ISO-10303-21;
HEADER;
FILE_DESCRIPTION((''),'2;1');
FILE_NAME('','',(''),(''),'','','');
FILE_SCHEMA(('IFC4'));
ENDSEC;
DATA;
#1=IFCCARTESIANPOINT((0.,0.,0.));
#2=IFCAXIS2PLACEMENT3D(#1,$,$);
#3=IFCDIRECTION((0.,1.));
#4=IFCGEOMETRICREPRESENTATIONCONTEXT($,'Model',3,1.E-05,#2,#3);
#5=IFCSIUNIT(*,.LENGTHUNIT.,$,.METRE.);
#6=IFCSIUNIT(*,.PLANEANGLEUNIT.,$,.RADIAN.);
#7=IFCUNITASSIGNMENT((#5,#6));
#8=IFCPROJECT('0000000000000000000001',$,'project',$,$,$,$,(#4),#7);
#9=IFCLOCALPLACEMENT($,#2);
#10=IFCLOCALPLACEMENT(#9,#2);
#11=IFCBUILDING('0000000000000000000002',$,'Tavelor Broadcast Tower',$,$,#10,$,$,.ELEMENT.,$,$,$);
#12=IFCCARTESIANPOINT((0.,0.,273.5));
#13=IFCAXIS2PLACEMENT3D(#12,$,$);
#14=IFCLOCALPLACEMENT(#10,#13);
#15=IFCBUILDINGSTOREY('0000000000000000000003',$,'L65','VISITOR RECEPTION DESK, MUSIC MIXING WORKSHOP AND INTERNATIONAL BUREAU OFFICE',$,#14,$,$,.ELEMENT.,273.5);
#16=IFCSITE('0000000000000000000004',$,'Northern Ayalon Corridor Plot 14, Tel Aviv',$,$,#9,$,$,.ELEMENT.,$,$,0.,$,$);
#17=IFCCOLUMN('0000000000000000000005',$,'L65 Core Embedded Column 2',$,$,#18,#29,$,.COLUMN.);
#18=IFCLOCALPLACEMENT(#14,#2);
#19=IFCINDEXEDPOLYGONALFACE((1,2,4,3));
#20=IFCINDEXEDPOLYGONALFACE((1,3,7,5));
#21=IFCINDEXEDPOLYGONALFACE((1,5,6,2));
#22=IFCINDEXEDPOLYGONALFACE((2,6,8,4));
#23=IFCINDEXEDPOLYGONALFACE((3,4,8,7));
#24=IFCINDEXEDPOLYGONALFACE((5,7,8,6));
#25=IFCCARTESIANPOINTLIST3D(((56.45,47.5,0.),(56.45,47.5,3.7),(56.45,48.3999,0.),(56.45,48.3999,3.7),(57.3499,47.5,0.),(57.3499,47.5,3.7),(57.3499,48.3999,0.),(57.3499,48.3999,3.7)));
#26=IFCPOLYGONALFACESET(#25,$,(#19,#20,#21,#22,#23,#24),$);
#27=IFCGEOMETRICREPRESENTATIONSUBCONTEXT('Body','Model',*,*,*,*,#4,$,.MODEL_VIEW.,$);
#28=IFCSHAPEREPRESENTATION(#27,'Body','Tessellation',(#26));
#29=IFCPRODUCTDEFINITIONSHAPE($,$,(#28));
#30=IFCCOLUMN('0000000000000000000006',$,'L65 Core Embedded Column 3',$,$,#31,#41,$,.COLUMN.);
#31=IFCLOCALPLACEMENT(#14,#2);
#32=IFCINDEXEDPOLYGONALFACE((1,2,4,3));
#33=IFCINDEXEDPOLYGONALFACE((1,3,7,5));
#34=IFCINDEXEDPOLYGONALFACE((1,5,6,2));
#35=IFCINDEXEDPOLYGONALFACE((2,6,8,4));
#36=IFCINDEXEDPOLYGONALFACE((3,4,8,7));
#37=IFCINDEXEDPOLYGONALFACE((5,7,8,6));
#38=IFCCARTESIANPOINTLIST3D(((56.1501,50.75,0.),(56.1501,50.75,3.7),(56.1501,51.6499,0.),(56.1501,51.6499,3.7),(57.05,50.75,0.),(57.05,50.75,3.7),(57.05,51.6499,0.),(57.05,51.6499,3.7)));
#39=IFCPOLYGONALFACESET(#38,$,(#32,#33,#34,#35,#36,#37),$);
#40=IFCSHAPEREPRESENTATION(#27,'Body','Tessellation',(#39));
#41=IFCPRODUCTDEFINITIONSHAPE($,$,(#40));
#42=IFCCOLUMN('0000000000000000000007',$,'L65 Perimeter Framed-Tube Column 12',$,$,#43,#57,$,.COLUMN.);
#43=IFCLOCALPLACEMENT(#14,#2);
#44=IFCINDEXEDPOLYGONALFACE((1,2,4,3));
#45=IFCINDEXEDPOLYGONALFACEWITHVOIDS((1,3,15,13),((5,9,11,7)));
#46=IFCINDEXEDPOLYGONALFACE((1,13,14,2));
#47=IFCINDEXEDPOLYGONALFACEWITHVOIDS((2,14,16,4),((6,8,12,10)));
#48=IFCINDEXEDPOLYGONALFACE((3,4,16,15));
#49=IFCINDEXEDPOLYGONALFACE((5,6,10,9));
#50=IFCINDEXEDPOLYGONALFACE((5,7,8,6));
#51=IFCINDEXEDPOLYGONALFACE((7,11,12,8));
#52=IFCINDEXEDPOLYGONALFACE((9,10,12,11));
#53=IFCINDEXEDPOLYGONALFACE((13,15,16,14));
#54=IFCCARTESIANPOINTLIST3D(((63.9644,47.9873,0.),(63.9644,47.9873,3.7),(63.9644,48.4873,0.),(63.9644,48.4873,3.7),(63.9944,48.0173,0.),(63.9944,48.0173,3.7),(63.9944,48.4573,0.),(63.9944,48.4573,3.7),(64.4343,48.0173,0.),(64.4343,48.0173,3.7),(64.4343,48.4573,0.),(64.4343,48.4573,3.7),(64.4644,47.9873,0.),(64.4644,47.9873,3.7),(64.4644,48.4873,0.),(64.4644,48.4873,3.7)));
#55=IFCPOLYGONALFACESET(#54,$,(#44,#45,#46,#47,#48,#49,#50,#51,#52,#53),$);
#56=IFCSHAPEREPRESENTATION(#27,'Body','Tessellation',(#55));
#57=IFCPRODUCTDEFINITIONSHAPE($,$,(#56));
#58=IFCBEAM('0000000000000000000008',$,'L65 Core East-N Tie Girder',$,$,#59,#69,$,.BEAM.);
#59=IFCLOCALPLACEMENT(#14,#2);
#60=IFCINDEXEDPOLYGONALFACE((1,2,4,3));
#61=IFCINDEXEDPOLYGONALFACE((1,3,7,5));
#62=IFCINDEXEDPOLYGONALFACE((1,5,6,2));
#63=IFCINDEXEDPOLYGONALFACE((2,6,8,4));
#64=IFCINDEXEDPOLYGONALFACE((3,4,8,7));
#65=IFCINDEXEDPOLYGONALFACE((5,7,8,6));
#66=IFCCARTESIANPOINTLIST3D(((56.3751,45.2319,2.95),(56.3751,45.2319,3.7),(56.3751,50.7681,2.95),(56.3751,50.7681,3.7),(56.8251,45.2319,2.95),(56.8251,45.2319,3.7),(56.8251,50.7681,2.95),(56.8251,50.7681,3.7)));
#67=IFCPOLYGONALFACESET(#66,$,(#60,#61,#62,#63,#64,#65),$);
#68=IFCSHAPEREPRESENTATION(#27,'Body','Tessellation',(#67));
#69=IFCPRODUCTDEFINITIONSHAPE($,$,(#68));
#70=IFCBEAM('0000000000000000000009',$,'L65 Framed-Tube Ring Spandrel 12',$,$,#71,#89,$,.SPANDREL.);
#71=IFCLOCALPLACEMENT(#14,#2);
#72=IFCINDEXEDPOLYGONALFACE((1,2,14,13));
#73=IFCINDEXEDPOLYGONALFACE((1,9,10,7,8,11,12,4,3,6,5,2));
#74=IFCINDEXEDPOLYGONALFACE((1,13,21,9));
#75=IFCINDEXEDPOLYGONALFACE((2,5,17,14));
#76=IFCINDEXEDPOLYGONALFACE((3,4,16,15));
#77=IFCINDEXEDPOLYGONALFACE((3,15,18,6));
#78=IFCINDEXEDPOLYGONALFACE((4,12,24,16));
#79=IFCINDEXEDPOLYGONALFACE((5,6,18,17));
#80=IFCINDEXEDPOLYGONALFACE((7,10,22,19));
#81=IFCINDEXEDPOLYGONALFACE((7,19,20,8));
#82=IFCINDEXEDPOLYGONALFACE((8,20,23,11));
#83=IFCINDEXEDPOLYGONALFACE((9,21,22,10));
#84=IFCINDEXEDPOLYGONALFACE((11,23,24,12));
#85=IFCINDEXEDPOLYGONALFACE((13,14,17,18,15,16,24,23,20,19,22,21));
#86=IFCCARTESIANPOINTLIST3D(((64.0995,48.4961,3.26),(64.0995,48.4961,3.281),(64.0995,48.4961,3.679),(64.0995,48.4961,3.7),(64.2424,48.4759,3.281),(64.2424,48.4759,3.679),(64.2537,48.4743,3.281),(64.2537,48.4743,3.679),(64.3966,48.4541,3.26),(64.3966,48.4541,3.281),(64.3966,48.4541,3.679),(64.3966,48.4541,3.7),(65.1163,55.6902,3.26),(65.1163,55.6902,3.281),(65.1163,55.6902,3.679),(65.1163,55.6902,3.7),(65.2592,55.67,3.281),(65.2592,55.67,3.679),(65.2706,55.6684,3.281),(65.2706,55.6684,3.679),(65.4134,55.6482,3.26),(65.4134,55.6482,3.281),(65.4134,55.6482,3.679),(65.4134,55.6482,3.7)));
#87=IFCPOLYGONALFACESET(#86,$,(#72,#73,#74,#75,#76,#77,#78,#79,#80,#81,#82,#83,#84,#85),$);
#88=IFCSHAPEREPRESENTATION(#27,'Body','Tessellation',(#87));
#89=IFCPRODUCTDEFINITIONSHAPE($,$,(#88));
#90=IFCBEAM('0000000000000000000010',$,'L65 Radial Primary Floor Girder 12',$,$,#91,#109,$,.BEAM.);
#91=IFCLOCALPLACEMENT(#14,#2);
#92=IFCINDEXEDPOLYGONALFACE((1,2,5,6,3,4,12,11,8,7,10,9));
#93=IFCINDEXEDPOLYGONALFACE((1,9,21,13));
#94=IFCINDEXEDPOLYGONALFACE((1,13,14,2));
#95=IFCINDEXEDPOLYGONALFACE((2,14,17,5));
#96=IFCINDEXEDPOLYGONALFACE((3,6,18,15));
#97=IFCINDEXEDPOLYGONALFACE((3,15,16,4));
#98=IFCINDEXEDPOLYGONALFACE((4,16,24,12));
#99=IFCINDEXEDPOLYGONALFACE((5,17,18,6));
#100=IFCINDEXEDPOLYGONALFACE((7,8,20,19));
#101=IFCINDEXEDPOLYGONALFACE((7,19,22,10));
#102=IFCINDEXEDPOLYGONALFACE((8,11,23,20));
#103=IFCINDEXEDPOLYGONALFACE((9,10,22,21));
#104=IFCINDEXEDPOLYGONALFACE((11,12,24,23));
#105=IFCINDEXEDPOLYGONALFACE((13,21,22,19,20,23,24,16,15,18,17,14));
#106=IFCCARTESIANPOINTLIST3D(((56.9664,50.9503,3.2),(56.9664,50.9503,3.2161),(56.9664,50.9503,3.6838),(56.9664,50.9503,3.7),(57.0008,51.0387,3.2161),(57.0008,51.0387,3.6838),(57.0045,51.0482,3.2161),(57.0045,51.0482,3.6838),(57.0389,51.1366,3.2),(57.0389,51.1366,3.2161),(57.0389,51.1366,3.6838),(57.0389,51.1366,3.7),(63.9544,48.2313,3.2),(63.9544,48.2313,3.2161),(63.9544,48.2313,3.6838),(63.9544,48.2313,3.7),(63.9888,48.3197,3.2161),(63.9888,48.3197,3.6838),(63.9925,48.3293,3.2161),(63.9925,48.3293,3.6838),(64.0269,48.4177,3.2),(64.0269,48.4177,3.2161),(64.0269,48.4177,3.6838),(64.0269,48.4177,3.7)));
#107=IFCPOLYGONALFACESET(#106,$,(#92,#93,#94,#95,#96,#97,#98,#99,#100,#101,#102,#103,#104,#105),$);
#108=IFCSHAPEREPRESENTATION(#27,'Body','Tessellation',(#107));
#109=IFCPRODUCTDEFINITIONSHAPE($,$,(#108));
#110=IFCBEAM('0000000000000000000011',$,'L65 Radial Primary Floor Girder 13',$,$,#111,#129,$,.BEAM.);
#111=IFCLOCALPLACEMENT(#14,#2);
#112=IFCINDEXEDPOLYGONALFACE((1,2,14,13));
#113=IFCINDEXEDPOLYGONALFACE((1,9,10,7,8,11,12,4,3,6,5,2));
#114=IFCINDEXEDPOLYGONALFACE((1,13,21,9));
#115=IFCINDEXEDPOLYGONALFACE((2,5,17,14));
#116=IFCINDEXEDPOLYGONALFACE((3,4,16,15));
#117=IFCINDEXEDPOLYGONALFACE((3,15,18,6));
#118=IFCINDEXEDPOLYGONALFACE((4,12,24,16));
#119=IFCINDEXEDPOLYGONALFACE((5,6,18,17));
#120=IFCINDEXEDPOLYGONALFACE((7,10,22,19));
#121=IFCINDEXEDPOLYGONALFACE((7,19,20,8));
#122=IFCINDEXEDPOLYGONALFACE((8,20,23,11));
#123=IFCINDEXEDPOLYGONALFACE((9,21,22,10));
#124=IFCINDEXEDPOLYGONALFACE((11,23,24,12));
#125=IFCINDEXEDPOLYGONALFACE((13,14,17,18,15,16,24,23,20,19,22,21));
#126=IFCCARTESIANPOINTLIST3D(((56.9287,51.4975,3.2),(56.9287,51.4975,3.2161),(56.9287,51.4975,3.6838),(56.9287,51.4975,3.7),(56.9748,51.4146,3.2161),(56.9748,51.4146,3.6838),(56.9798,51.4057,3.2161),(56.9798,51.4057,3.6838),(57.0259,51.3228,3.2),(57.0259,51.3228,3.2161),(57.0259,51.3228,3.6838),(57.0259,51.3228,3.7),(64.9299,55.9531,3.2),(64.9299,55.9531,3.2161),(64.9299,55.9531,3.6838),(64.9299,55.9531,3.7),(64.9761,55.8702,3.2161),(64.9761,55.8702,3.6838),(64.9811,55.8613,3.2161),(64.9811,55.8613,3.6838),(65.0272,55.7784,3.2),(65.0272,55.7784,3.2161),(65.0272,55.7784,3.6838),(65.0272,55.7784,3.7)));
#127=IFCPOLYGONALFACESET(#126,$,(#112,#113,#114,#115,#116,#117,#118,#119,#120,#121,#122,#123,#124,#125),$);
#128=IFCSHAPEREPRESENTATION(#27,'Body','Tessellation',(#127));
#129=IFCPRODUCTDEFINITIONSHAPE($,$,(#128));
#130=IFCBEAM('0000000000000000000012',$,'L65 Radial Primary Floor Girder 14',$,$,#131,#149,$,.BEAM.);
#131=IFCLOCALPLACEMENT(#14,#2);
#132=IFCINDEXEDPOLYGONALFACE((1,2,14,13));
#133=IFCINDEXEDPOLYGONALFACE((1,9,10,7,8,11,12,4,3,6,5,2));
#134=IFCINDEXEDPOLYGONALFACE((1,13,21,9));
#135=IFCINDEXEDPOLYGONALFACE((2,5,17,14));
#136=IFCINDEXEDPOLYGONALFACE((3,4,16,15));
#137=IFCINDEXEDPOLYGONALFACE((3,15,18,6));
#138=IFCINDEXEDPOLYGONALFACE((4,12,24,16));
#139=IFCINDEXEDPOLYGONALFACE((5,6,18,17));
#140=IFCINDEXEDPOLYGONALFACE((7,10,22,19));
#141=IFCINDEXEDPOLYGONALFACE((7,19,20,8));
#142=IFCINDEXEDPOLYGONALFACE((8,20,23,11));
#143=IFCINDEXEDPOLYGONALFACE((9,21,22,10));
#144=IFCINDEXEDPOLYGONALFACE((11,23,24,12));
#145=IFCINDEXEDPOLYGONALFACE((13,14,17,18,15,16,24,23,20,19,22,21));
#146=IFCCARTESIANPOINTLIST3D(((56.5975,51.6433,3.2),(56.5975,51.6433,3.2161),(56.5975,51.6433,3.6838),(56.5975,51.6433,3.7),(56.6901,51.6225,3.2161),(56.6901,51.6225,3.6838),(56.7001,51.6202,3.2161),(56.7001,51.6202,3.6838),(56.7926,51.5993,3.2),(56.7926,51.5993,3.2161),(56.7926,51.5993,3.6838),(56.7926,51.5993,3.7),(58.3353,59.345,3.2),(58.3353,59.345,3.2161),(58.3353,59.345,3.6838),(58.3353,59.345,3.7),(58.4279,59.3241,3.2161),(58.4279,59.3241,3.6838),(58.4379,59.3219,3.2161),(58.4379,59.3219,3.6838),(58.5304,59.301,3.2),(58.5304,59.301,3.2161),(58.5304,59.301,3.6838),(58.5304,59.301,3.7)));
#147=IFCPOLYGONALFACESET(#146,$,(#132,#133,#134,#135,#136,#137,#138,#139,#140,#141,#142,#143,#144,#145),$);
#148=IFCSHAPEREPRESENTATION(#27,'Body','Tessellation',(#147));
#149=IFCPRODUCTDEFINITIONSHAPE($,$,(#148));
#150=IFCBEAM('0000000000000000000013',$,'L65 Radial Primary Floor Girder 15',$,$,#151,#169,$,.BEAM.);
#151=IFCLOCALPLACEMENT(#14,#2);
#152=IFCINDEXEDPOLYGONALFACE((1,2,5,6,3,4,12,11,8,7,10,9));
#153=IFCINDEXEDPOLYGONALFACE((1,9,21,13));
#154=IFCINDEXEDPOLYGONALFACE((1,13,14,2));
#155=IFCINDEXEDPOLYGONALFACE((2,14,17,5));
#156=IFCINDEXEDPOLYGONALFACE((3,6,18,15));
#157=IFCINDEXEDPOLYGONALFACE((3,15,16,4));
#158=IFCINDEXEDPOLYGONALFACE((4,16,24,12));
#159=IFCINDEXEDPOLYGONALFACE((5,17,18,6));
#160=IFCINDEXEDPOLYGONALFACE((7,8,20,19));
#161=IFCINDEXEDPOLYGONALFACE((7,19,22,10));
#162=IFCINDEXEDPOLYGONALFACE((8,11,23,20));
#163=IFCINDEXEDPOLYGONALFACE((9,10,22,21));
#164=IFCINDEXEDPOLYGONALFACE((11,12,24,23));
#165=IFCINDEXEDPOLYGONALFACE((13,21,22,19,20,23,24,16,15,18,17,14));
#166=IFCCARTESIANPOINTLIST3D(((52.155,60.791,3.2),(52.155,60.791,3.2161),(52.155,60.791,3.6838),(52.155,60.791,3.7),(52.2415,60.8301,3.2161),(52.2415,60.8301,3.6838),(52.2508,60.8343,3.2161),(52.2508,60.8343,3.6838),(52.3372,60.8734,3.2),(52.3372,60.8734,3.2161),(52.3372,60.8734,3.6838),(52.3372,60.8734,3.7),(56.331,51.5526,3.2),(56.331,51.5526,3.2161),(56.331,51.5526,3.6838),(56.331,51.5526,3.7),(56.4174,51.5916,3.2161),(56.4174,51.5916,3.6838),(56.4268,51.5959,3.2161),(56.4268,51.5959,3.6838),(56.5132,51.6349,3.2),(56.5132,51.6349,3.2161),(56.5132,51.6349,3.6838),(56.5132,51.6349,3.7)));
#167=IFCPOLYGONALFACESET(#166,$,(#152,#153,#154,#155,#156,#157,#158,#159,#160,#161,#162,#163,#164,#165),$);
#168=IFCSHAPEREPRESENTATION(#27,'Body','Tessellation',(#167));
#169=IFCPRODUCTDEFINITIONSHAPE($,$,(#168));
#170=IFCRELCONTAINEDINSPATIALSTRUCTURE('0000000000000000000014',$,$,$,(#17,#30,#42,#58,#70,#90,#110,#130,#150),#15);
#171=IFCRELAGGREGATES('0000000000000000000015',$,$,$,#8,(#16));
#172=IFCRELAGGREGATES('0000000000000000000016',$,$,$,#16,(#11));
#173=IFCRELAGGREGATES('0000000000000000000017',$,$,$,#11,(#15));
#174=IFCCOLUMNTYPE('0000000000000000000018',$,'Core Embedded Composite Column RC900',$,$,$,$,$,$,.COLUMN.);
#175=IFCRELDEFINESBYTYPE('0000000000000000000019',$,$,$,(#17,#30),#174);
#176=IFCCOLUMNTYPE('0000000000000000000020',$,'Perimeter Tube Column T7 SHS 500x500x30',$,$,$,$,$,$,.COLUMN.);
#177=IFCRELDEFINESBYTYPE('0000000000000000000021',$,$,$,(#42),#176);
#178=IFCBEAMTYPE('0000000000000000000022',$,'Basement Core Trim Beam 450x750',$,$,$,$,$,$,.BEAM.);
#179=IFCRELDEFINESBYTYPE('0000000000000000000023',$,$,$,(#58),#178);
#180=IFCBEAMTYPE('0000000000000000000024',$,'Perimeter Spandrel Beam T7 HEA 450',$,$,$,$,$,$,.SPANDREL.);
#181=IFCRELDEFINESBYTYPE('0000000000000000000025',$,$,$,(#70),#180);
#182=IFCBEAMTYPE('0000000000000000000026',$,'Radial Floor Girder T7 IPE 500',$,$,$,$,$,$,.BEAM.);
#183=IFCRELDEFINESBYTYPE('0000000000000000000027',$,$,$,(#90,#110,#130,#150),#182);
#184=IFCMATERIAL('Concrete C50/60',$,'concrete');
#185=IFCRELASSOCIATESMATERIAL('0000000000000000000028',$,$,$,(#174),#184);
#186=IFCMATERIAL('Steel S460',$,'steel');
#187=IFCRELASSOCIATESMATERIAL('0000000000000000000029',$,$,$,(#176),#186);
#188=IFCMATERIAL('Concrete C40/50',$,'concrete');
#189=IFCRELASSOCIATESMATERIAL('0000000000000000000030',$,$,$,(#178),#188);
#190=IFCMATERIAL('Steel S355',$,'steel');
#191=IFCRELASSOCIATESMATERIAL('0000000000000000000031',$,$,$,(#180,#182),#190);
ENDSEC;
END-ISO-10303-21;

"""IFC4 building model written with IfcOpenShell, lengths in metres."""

from ifc_helpers import new_model, si_unit, direction, frame, origin, origin_2d, place, context, subcontext, project, spatial, rectangle, hollow_rectangle, i_section, extrude, material, material_profile, profile_set, type_object, element, save


model = new_model("IFC4")

# Units and contexts
model_context = context("Model", 3, precision=1e-05, world=origin(), true_north=direction((0.0, 1.0)))
body_context = subcontext(model_context, "Body", "Model", "MODEL_VIEW")
ifc_project = project(units=[si_unit("LENGTHUNIT", "METRE"), si_unit("PLANEANGLEUNIT", "RADIAN")], contexts=[model_context])

# Site, building, storey
site_placement = place(None, origin())
site = spatial("IfcSite", under=ifc_project, at=site_placement, Name="Northern Ayalon Corridor Plot 14, Tel Aviv", CompositionType="ELEMENT", RefElevation=0.0)
building_placement = place(site_placement, origin())
building = spatial("IfcBuilding", under=site, at=building_placement, Name="Tavelor Broadcast Tower", CompositionType="ELEMENT")
storey_placement = place(building_placement, frame((0.0, 0.0, 273.5)))
storey = spatial("IfcBuildingStorey", under=building, at=storey_placement, Name="L65", Description="VISITOR RECEPTION DESK, MUSIC MIXING WORKSHOP AND INTERNATIONAL BUREAU OFFICE", CompositionType="ELEMENT", Elevation=273.5)

# Columns
ifc_material_1 = material(Name="Concrete C50/60", Category="concrete")
ifc_material_profile_1 = material_profile(ifc_material_1, rectangle(XDim=0.8999, YDim=0.8999, at=origin_2d()), Name="RC 900x900")
ifc_profile_set_1 = profile_set([ifc_material_profile_1], Name="Concrete C50/60")
column_type_1 = type_object("IfcColumnType", Name="Core Embedded Composite Column RC900", PredefinedType="COLUMN", material=ifc_profile_set_1)
for number, where, z_axis, x_axis, name in (
    (1, (56.8999, 47.95, 0.0), (0.0, 0.0, 1.0), (1.0, 0.0, 0.0), "L65 Core Embedded Column 2"),
    (2, (56.6001, 51.2, 0.0), (0.0, 0.0, 1.0), (1.0, 0.0, 0.0), "L65 Core Embedded Column 3"),
):
    element("IfcColumn", number, at=place(storey_placement, frame(where, z_axis=z_axis, x_axis=x_axis)), inside=storey, type_object=column_type_1, Name=name, PredefinedType="COLUMN", context=body_context, shape_type="SweptSolid", body=[
        extrude(rectangle(XDim=0.8999, YDim=0.8999, at=origin_2d()), origin(), (0.0, 0.0, 1.0), 3.7),
    ])
ifc_material_2 = material(Name="Steel S460", Category="steel")
ifc_material_profile_2 = material_profile(ifc_material_2, hollow_rectangle(XDim=0.5, YDim=0.5, WallThickness=0.03, at=origin_2d()), Name="SHS 500x500x30")
ifc_profile_set_2 = profile_set([ifc_material_profile_2], Name="Steel S460")
column_type_2 = type_object("IfcColumnType", Name="Perimeter Tube Column T7 SHS 500x500x30", PredefinedType="COLUMN", material=ifc_profile_set_2)
column_placement = place(storey_placement, frame((64.2144, 48.2373, 0.0), z_axis=(0.0, 0.0, 1.0), x_axis=(1.0, 0.0, 0.0)))
element("IfcColumn", 3, at=column_placement, inside=storey, type_object=column_type_2, Name="L65 Perimeter Framed-Tube Column 12", PredefinedType="COLUMN", context=body_context, shape_type="SweptSolid", body=[
    extrude(hollow_rectangle(XDim=0.5, YDim=0.5, WallThickness=0.03, at=origin_2d()), origin(), (0.0, 0.0, 1.0), 3.7),
])

# Beams
ifc_material_3 = material(Name="Concrete C40/50", Category="concrete")
ifc_material_profile_3 = material_profile(ifc_material_3, rectangle(XDim=0.45, YDim=0.75, at=origin_2d()), Name="RC 450x750")
ifc_profile_set_3 = profile_set([ifc_material_profile_3], Name="Concrete C40/50")
beam_type_1 = type_object("IfcBeamType", Name="Basement Core Trim Beam 450x750", PredefinedType="BEAM", material=ifc_profile_set_3)
beam_1_placement = place(storey_placement, frame((56.6001, 45.2319, 3.325), z_axis=(0.0, 1.0, 0.0), x_axis=(-1.0, 0.0, 0.0)))
element("IfcBeam", 4, at=beam_1_placement, inside=storey, type_object=beam_type_1, Name="L65 Core East-N Tie Girder", PredefinedType="BEAM", context=body_context, shape_type="SweptSolid", body=[
    extrude(rectangle(XDim=0.45, YDim=0.75, at=origin_2d()), origin(), (0.0, 0.0, 1.0), 5.5361),
])
ifc_material_4 = material(Name="Steel S355", Category="steel")
ifc_material_profile_4 = material_profile(ifc_material_4, i_section(OverallWidth=0.3, OverallDepth=0.4399, WebThickness=0.0115, FlangeThickness=0.021, at=origin_2d()), Name="HEA 450")
ifc_profile_set_4 = profile_set([ifc_material_profile_4], Name="Steel S355")
beam_type_2 = type_object("IfcBeamType", Name="Perimeter Spandrel Beam T7 HEA 450", PredefinedType="SPANDREL", material=ifc_profile_set_4)
beam_2_placement = place(storey_placement, frame((64.248, 48.4751, 3.48), z_axis=(0.139953, 0.990158, 0.0), x_axis=(-0.990158, 0.139953, 0.0)))
element("IfcBeam", 5, at=beam_2_placement, inside=storey, type_object=beam_type_2, Name="L65 Framed-Tube Ring Spandrel 12", PredefinedType="SPANDREL", context=body_context, shape_type="SweptSolid", body=[
    extrude(i_section(OverallWidth=0.3, OverallDepth=0.4399, WebThickness=0.0115, FlangeThickness=0.021, at=origin_2d()), origin(), (0.0, 0.0, 1.0), 7.2656),
])
ifc_material_profile_5 = material_profile(ifc_material_4, i_section(OverallWidth=0.2, OverallDepth=0.5, WebThickness=0.0103, FlangeThickness=0.0161, at=origin_2d()), Name="IPE 500")
ifc_profile_set_5 = profile_set([ifc_material_profile_5], Name="Steel S355")
beam_type_3 = type_object("IfcBeamType", Name="Radial Floor Girder T7 IPE 500", PredefinedType="BEAM", material=ifc_profile_set_5)
beam_3_placement = place(storey_placement, frame((57.0027, 51.0435, 3.45), z_axis=(0.93194, -0.362611, 0.0), x_axis=(0.362611, 0.93194, 0.0)))
element("IfcBeam", 6, at=beam_3_placement, inside=storey, type_object=beam_type_3, Name="L65 Radial Primary Floor Girder 12", PredefinedType="BEAM", context=body_context, shape_type="SweptSolid", body=[
    extrude(i_section(OverallWidth=0.2, OverallDepth=0.5, WebThickness=0.0103, FlangeThickness=0.0161, at=origin_2d()), origin(), (0.0, 0.0, 1.0), 7.4983),
])
beam_4_placement = place(storey_placement, frame((56.9773, 51.4102, 3.45), z_axis=(0.873673, 0.486514, 0.0), x_axis=(-0.486514, 0.873673, 0.0)))
element("IfcBeam", 7, at=beam_4_placement, inside=storey, type_object=beam_type_3, Name="L65 Radial Primary Floor Girder 13", PredefinedType="BEAM", context=body_context, shape_type="SweptSolid", body=[
    extrude(i_section(OverallWidth=0.2, OverallDepth=0.5, WebThickness=0.0103, FlangeThickness=0.0161, at=origin_2d()), origin(), (0.0, 0.0, 1.0), 9.1582),
])
beam_5_placement = place(storey_placement, frame((56.6951, 51.6213, 3.45), z_axis=(0.220105, 0.975476, 0.0), x_axis=(-0.975476, 0.220105, 0.0)))
element("IfcBeam", 8, at=beam_5_placement, inside=storey, type_object=beam_type_3, Name="L65 Radial Primary Floor Girder 14", PredefinedType="BEAM", context=body_context, shape_type="SweptSolid", body=[
    extrude(i_section(OverallWidth=0.2, OverallDepth=0.5, WebThickness=0.0103, FlangeThickness=0.0161, at=origin_2d()), origin(), (0.0, 0.0, 1.0), 7.8953),
])
beam_6_placement = place(storey_placement, frame((56.4221, 51.5938, 3.45), z_axis=(-0.411897, 0.91123, 0.0), x_axis=(-0.91123, -0.411897, 0.0)))
element("IfcBeam", 9, at=beam_6_placement, inside=storey, type_object=beam_type_3, Name="L65 Radial Primary Floor Girder 15", PredefinedType="BEAM", context=body_context, shape_type="SweptSolid", body=[
    extrude(i_section(OverallWidth=0.2, OverallDepth=0.5, WebThickness=0.0103, FlangeThickness=0.0161, at=origin_2d()), origin(), (0.0, 0.0, 1.0), 10.1384),
])

save(model, "model.ifc")
